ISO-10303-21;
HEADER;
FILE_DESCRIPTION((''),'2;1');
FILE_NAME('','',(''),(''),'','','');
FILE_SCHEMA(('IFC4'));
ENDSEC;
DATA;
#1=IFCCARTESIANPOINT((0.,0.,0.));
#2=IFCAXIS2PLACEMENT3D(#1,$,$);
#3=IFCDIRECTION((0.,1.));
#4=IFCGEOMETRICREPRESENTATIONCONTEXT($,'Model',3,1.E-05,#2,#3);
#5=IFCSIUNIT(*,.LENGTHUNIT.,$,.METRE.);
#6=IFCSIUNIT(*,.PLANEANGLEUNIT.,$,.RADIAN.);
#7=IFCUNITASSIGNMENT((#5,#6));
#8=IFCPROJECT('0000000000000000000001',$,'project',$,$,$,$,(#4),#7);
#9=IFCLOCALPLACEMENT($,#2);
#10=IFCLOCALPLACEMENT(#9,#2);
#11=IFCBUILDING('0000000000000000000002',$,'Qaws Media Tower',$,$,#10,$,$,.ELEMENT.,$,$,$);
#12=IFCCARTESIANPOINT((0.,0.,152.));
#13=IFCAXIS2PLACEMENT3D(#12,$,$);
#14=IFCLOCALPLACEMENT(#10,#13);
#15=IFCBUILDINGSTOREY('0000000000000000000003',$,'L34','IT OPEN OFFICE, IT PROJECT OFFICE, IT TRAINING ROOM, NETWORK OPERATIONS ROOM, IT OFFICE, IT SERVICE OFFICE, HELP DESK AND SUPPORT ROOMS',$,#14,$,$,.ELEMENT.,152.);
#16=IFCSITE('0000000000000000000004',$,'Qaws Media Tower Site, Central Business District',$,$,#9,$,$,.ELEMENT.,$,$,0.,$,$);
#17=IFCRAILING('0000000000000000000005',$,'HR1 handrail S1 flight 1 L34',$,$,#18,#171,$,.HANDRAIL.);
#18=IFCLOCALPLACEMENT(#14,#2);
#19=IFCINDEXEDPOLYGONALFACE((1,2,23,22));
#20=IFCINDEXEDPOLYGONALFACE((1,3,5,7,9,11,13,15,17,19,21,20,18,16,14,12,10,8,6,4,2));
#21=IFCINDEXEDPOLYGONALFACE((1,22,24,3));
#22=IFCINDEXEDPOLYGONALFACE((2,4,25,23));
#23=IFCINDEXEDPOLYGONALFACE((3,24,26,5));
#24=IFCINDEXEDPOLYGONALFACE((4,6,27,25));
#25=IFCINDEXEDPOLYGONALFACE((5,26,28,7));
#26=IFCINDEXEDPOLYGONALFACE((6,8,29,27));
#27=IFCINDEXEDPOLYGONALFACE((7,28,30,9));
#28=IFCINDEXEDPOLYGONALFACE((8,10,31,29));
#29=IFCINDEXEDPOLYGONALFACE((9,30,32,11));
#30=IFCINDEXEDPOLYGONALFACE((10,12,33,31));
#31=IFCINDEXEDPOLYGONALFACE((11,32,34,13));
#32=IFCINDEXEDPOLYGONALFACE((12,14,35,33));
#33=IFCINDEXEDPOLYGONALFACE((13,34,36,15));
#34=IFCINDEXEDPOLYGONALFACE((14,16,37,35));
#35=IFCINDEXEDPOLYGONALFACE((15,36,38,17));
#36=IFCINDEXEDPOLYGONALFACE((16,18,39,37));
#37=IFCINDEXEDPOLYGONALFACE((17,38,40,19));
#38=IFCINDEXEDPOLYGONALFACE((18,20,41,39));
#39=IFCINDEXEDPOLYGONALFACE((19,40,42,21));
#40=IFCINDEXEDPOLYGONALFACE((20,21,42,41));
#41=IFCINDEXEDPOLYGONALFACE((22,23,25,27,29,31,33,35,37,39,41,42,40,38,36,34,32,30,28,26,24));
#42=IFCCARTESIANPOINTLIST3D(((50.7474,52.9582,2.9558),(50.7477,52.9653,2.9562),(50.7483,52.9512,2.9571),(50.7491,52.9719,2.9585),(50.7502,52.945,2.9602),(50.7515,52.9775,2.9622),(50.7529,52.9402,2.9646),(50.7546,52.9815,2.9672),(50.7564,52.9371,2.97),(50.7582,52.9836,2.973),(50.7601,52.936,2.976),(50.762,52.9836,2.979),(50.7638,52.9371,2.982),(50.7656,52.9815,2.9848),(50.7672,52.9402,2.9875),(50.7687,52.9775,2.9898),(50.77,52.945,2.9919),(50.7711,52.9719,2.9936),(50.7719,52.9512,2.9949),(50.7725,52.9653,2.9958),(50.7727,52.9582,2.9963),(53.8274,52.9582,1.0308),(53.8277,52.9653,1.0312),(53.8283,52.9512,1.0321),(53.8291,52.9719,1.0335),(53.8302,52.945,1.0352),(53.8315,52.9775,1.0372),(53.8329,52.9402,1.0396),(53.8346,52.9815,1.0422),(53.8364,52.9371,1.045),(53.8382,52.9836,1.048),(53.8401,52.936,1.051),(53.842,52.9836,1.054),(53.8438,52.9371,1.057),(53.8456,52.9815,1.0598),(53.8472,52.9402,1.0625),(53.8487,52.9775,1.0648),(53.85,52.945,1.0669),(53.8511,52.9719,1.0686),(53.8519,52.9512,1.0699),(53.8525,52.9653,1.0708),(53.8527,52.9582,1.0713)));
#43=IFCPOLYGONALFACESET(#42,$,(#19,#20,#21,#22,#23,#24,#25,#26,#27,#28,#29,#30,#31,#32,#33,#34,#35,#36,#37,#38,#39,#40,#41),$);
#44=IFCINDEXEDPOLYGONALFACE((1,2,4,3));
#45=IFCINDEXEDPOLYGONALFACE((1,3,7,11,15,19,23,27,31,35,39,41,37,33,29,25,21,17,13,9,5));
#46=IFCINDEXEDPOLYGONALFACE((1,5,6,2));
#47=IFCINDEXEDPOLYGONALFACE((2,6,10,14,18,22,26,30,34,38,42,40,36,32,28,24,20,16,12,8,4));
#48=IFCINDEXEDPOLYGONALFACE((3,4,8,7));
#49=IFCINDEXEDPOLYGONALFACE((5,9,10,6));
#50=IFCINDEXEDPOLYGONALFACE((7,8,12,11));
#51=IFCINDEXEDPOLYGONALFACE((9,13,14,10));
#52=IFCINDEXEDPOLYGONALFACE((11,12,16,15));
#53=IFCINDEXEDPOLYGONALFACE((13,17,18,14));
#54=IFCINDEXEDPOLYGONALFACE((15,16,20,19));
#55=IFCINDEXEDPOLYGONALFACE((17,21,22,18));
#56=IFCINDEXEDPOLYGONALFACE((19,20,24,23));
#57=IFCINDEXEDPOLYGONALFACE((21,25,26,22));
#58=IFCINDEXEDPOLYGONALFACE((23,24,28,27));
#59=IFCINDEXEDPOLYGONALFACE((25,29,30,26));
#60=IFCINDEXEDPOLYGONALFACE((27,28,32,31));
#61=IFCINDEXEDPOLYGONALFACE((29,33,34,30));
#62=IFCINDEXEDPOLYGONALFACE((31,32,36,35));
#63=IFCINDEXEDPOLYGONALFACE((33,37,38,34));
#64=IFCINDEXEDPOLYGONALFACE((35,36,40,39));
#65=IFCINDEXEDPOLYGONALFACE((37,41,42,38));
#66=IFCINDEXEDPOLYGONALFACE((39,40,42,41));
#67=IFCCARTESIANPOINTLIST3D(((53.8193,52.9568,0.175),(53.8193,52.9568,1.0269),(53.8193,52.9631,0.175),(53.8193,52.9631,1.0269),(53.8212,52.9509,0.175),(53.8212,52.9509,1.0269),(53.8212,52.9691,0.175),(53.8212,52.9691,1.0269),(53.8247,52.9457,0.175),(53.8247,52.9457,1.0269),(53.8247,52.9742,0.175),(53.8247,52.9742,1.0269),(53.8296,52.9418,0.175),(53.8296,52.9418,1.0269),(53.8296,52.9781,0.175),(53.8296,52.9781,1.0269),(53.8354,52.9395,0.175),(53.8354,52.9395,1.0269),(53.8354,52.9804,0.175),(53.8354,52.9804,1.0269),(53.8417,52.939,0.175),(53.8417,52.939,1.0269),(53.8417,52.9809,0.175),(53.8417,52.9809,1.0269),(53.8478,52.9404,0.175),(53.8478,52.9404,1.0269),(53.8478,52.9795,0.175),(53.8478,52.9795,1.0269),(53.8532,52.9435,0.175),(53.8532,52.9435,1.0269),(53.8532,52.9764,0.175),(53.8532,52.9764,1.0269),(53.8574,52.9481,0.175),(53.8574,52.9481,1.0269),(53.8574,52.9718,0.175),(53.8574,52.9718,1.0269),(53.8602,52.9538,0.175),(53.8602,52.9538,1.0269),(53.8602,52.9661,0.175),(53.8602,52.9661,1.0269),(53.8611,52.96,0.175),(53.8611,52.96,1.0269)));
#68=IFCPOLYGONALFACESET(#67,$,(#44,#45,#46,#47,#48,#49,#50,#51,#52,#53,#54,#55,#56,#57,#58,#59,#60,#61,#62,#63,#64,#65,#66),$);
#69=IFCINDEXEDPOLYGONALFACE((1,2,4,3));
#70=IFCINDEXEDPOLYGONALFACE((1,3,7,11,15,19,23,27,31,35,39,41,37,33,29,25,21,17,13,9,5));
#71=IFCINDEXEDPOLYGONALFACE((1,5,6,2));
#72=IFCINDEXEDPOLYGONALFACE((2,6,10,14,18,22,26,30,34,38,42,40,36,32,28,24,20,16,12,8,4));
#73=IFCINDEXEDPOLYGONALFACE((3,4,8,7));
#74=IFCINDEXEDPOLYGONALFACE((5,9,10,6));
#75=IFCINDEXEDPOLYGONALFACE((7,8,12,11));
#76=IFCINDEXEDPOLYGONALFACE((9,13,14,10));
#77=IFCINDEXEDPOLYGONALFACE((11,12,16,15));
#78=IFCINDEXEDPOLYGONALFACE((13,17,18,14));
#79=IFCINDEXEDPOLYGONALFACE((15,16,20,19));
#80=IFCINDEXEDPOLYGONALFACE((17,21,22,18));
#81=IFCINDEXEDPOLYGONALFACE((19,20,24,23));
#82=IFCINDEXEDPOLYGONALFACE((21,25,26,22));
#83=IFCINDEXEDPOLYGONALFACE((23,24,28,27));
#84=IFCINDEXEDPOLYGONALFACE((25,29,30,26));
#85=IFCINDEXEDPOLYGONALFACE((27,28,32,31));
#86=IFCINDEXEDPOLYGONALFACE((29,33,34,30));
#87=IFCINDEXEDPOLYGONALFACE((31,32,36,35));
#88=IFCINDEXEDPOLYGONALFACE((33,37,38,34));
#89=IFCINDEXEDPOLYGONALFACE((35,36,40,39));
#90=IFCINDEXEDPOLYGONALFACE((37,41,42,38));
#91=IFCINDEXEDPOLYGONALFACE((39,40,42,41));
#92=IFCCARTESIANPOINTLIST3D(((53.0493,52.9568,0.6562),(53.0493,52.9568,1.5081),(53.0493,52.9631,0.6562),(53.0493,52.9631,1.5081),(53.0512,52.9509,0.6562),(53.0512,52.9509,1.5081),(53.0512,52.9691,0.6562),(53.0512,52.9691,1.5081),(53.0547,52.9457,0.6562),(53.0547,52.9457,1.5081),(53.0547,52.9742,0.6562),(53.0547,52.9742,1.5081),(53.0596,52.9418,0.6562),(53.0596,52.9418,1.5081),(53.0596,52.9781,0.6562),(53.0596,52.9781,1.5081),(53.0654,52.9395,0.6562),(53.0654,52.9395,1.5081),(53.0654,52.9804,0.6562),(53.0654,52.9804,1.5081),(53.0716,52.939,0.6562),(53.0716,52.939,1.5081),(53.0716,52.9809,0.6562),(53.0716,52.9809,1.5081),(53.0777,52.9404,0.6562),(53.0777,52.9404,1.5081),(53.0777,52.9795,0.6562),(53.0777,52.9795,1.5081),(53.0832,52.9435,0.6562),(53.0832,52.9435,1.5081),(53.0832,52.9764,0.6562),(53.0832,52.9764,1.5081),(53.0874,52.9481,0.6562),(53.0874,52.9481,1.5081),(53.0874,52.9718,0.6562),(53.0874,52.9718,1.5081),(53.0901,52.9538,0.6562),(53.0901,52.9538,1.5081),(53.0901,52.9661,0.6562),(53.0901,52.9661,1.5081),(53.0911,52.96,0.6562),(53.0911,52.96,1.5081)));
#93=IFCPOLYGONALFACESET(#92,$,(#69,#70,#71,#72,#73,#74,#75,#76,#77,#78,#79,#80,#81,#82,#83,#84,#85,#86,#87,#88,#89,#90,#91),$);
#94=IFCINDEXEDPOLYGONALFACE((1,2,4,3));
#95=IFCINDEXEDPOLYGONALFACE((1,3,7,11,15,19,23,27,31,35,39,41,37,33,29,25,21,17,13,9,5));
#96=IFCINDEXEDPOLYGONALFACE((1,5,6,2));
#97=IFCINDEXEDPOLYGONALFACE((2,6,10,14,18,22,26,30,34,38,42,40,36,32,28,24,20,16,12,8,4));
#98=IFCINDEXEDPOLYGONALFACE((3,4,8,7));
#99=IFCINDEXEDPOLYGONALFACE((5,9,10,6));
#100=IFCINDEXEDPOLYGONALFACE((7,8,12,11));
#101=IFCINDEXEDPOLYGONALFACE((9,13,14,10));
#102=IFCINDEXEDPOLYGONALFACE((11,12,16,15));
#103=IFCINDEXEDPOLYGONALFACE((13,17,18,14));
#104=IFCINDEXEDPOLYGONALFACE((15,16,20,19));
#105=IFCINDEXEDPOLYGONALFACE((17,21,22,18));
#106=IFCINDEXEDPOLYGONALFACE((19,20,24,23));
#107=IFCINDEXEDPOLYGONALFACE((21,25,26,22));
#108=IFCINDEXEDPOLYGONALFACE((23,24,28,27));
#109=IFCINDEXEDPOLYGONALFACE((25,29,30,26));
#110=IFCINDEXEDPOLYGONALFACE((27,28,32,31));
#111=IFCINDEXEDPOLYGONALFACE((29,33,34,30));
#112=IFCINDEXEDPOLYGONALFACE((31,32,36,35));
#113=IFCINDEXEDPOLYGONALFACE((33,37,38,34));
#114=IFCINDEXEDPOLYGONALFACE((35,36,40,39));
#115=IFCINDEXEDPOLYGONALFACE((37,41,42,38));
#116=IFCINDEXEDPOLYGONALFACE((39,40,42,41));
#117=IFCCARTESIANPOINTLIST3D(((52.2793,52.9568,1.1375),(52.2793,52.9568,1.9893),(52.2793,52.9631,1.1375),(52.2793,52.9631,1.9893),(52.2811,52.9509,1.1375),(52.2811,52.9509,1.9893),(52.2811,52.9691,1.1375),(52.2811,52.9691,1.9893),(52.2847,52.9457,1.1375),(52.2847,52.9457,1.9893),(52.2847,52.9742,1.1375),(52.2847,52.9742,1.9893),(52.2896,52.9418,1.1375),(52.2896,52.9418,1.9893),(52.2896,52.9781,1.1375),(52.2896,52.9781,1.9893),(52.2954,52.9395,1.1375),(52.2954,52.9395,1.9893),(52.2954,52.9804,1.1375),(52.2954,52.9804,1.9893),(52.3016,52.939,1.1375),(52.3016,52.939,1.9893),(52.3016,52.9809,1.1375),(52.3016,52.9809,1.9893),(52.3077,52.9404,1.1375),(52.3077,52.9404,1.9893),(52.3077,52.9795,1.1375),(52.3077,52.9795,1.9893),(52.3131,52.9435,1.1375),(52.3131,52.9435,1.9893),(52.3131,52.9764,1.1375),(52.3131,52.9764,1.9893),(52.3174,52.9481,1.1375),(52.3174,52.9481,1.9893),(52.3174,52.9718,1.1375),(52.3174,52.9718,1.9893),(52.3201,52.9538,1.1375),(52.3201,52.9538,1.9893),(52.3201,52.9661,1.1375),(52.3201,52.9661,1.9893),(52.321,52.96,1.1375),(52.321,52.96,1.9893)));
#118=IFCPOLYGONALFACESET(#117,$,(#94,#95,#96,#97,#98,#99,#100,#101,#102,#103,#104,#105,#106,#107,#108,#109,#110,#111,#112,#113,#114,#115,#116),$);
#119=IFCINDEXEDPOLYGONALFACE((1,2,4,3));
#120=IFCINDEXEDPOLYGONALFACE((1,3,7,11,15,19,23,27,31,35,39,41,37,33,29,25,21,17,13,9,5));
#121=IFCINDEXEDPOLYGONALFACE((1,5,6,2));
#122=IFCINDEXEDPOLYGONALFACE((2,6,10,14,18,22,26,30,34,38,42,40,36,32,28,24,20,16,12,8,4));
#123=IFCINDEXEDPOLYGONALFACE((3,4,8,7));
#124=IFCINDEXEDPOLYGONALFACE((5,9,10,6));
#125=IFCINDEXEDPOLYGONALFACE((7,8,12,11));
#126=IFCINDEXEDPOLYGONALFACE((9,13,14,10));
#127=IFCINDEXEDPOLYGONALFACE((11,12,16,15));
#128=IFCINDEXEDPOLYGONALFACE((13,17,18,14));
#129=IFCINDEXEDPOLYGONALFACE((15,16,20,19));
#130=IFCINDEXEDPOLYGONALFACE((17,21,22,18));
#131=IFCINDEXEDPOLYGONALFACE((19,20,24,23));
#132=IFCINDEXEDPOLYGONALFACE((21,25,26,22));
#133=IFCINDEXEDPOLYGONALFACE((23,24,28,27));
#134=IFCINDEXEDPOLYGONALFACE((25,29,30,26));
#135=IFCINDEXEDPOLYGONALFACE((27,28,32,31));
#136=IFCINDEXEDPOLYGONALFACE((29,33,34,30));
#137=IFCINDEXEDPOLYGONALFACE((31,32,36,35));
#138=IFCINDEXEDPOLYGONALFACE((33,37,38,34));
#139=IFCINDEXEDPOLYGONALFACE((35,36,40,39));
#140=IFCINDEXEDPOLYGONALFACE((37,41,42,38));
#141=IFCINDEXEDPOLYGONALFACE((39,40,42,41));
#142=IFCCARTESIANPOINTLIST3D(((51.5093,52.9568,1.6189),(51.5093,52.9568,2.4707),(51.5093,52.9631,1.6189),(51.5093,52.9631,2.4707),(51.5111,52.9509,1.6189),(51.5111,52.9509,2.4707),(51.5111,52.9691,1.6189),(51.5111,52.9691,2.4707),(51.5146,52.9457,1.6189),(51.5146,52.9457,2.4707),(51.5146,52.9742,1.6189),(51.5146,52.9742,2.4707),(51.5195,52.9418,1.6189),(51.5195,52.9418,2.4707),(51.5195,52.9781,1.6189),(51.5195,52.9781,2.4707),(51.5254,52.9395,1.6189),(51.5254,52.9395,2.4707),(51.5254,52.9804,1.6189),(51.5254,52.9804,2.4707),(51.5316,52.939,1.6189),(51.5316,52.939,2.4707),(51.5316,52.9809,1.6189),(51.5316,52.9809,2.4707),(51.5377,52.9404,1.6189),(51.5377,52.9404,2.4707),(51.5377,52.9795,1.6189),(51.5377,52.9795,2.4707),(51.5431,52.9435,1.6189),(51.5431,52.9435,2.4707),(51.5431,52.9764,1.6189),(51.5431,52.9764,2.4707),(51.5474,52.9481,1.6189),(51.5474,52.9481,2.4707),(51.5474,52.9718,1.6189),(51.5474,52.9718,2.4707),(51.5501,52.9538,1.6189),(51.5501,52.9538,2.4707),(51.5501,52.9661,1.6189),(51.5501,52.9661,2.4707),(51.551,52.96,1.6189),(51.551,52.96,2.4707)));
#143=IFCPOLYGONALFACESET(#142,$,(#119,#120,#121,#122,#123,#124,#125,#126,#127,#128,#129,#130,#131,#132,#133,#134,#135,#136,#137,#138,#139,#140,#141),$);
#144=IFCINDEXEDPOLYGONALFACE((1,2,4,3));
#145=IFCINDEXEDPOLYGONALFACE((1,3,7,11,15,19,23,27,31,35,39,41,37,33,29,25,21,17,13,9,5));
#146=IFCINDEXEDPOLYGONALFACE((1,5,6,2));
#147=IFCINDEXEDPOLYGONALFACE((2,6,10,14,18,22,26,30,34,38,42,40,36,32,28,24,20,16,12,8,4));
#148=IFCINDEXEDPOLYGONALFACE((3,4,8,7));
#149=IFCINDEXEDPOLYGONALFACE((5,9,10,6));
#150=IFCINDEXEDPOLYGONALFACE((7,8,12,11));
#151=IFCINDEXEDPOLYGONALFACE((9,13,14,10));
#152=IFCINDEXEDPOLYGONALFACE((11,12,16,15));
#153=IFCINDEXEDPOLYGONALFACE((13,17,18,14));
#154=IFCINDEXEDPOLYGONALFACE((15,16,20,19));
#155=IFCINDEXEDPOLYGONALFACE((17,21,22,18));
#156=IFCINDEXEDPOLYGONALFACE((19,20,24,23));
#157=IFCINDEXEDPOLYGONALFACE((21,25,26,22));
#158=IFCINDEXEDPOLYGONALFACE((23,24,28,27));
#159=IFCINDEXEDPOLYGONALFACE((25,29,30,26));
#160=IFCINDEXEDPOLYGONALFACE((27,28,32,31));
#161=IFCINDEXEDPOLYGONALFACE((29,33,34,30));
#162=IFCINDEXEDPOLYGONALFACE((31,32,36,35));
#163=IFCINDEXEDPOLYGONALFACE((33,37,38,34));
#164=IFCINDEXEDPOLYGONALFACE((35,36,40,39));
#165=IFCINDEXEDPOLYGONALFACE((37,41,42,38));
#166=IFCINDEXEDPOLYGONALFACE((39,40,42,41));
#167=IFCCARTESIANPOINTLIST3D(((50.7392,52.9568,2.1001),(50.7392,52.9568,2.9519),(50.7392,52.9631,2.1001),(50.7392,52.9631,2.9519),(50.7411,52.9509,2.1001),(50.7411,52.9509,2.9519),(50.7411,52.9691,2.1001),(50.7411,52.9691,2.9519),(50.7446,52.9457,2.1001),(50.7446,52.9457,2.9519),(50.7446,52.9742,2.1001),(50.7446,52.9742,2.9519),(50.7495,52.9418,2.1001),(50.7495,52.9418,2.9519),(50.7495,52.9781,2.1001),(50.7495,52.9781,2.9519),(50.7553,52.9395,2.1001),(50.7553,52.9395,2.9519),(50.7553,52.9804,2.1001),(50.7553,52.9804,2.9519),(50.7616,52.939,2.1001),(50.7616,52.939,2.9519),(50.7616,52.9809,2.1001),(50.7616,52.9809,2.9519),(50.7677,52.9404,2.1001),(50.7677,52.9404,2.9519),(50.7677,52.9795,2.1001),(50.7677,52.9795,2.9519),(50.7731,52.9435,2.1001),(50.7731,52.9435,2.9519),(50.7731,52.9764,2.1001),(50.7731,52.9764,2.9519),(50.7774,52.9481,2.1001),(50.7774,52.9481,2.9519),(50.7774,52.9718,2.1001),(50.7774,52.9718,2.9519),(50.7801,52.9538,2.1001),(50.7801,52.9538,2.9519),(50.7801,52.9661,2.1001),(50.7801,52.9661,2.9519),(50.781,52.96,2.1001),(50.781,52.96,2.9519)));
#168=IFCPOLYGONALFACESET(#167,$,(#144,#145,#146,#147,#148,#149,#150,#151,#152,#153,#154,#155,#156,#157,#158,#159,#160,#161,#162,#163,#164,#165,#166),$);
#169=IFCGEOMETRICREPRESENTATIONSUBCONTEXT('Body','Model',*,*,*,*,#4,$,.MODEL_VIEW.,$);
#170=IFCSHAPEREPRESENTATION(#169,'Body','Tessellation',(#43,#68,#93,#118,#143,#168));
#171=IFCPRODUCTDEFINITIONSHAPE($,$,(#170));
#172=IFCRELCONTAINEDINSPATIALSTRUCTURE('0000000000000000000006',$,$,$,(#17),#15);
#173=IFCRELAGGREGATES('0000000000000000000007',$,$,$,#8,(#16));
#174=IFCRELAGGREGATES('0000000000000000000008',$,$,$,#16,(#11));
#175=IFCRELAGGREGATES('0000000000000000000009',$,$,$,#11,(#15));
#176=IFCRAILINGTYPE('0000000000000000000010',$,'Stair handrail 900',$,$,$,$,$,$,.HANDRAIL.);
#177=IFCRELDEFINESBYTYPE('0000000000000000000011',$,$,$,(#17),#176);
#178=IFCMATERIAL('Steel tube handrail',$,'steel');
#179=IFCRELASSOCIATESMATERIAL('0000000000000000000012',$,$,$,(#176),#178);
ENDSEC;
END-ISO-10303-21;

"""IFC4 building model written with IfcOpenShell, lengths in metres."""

from ifc_helpers import new_model, si_unit, direction, frame, origin, origin_2d, place, context, subcontext, project, spatial, circle, extrude, material, type_object, element, save


model = new_model("IFC4")

# Units and contexts
model_context = context("Model", 3, precision=1e-05, world=origin(), true_north=direction((0.0, 1.0)))
body_context = subcontext(model_context, "Body", "Model", "MODEL_VIEW")
ifc_project = project(units=[si_unit("LENGTHUNIT", "METRE"), si_unit("PLANEANGLEUNIT", "RADIAN")], contexts=[model_context])

# Site, building, storey
site_placement = place(None, origin())
site = spatial("IfcSite", under=ifc_project, at=site_placement, Name="Qaws Media Tower Site, Central Business District", CompositionType="ELEMENT", RefElevation=0.0)
building_placement = place(site_placement, origin())
building = spatial("IfcBuilding", under=site, at=building_placement, Name="Qaws Media Tower", CompositionType="ELEMENT")
storey_placement = place(building_placement, frame((0.0, 0.0, 152.0)))
storey = spatial("IfcBuildingStorey", under=building, at=storey_placement, Name="L34", Description="IT OPEN OFFICE, IT PROJECT OFFICE, IT TRAINING ROOM, NETWORK OPERATIONS ROOM, IT OFFICE, IT SERVICE OFFICE, HELP DESK AND SUPPORT ROOMS", CompositionType="ELEMENT", Elevation=152.0)

# Railing
ifc_material_1 = material(Name="Steel tube handrail", Category="steel")
railing_type = type_object("IfcRailingType", Name="Stair handrail 900", PredefinedType="HANDRAIL", material=ifc_material_1)
for number, where, name in (
    (1, (53.8401, 52.96, 0.175), "HR1 handrail S1 flight 1 L34"),
):
    element("IfcRailing", number, at=place(storey_placement, frame(where)), inside=storey, type_object=railing_type, Name=name, PredefinedType="HANDRAIL", context=body_context, shape_type="SweptSolid", body=[
        extrude(circle(Radius=0.0239, at=origin_2d()), frame((0.0, 0.0, 0.876), z_axis=(-0.847998, 0.0, 0.529999), x_axis=(0.0, -1.0, 0.0)), (0.0, 0.0, 1.0), 3.6321),
        extrude(circle(Radius=0.021, at=origin_2d()), origin(), (0.0, 0.0, 1.0), 0.8518),
        extrude(circle(Radius=0.021, at=origin_2d()), frame((-0.77, 0.0, 0.4812)), (0.0, 0.0, 1.0), 0.8518),
        extrude(circle(Radius=0.021, at=origin_2d()), frame((-1.54, 0.0, 0.9624)), (0.0, 0.0, 1.0), 0.8518),
        extrude(circle(Radius=0.021, at=origin_2d()), frame((-2.3101, 0.0, 1.4438)), (0.0, 0.0, 1.0), 0.8518),
        extrude(circle(Radius=0.021, at=origin_2d()), frame((-3.0801, 0.0, 1.925)), (0.0, 0.0, 1.0), 0.8518),
    ])

save(model, "model.ifc")
